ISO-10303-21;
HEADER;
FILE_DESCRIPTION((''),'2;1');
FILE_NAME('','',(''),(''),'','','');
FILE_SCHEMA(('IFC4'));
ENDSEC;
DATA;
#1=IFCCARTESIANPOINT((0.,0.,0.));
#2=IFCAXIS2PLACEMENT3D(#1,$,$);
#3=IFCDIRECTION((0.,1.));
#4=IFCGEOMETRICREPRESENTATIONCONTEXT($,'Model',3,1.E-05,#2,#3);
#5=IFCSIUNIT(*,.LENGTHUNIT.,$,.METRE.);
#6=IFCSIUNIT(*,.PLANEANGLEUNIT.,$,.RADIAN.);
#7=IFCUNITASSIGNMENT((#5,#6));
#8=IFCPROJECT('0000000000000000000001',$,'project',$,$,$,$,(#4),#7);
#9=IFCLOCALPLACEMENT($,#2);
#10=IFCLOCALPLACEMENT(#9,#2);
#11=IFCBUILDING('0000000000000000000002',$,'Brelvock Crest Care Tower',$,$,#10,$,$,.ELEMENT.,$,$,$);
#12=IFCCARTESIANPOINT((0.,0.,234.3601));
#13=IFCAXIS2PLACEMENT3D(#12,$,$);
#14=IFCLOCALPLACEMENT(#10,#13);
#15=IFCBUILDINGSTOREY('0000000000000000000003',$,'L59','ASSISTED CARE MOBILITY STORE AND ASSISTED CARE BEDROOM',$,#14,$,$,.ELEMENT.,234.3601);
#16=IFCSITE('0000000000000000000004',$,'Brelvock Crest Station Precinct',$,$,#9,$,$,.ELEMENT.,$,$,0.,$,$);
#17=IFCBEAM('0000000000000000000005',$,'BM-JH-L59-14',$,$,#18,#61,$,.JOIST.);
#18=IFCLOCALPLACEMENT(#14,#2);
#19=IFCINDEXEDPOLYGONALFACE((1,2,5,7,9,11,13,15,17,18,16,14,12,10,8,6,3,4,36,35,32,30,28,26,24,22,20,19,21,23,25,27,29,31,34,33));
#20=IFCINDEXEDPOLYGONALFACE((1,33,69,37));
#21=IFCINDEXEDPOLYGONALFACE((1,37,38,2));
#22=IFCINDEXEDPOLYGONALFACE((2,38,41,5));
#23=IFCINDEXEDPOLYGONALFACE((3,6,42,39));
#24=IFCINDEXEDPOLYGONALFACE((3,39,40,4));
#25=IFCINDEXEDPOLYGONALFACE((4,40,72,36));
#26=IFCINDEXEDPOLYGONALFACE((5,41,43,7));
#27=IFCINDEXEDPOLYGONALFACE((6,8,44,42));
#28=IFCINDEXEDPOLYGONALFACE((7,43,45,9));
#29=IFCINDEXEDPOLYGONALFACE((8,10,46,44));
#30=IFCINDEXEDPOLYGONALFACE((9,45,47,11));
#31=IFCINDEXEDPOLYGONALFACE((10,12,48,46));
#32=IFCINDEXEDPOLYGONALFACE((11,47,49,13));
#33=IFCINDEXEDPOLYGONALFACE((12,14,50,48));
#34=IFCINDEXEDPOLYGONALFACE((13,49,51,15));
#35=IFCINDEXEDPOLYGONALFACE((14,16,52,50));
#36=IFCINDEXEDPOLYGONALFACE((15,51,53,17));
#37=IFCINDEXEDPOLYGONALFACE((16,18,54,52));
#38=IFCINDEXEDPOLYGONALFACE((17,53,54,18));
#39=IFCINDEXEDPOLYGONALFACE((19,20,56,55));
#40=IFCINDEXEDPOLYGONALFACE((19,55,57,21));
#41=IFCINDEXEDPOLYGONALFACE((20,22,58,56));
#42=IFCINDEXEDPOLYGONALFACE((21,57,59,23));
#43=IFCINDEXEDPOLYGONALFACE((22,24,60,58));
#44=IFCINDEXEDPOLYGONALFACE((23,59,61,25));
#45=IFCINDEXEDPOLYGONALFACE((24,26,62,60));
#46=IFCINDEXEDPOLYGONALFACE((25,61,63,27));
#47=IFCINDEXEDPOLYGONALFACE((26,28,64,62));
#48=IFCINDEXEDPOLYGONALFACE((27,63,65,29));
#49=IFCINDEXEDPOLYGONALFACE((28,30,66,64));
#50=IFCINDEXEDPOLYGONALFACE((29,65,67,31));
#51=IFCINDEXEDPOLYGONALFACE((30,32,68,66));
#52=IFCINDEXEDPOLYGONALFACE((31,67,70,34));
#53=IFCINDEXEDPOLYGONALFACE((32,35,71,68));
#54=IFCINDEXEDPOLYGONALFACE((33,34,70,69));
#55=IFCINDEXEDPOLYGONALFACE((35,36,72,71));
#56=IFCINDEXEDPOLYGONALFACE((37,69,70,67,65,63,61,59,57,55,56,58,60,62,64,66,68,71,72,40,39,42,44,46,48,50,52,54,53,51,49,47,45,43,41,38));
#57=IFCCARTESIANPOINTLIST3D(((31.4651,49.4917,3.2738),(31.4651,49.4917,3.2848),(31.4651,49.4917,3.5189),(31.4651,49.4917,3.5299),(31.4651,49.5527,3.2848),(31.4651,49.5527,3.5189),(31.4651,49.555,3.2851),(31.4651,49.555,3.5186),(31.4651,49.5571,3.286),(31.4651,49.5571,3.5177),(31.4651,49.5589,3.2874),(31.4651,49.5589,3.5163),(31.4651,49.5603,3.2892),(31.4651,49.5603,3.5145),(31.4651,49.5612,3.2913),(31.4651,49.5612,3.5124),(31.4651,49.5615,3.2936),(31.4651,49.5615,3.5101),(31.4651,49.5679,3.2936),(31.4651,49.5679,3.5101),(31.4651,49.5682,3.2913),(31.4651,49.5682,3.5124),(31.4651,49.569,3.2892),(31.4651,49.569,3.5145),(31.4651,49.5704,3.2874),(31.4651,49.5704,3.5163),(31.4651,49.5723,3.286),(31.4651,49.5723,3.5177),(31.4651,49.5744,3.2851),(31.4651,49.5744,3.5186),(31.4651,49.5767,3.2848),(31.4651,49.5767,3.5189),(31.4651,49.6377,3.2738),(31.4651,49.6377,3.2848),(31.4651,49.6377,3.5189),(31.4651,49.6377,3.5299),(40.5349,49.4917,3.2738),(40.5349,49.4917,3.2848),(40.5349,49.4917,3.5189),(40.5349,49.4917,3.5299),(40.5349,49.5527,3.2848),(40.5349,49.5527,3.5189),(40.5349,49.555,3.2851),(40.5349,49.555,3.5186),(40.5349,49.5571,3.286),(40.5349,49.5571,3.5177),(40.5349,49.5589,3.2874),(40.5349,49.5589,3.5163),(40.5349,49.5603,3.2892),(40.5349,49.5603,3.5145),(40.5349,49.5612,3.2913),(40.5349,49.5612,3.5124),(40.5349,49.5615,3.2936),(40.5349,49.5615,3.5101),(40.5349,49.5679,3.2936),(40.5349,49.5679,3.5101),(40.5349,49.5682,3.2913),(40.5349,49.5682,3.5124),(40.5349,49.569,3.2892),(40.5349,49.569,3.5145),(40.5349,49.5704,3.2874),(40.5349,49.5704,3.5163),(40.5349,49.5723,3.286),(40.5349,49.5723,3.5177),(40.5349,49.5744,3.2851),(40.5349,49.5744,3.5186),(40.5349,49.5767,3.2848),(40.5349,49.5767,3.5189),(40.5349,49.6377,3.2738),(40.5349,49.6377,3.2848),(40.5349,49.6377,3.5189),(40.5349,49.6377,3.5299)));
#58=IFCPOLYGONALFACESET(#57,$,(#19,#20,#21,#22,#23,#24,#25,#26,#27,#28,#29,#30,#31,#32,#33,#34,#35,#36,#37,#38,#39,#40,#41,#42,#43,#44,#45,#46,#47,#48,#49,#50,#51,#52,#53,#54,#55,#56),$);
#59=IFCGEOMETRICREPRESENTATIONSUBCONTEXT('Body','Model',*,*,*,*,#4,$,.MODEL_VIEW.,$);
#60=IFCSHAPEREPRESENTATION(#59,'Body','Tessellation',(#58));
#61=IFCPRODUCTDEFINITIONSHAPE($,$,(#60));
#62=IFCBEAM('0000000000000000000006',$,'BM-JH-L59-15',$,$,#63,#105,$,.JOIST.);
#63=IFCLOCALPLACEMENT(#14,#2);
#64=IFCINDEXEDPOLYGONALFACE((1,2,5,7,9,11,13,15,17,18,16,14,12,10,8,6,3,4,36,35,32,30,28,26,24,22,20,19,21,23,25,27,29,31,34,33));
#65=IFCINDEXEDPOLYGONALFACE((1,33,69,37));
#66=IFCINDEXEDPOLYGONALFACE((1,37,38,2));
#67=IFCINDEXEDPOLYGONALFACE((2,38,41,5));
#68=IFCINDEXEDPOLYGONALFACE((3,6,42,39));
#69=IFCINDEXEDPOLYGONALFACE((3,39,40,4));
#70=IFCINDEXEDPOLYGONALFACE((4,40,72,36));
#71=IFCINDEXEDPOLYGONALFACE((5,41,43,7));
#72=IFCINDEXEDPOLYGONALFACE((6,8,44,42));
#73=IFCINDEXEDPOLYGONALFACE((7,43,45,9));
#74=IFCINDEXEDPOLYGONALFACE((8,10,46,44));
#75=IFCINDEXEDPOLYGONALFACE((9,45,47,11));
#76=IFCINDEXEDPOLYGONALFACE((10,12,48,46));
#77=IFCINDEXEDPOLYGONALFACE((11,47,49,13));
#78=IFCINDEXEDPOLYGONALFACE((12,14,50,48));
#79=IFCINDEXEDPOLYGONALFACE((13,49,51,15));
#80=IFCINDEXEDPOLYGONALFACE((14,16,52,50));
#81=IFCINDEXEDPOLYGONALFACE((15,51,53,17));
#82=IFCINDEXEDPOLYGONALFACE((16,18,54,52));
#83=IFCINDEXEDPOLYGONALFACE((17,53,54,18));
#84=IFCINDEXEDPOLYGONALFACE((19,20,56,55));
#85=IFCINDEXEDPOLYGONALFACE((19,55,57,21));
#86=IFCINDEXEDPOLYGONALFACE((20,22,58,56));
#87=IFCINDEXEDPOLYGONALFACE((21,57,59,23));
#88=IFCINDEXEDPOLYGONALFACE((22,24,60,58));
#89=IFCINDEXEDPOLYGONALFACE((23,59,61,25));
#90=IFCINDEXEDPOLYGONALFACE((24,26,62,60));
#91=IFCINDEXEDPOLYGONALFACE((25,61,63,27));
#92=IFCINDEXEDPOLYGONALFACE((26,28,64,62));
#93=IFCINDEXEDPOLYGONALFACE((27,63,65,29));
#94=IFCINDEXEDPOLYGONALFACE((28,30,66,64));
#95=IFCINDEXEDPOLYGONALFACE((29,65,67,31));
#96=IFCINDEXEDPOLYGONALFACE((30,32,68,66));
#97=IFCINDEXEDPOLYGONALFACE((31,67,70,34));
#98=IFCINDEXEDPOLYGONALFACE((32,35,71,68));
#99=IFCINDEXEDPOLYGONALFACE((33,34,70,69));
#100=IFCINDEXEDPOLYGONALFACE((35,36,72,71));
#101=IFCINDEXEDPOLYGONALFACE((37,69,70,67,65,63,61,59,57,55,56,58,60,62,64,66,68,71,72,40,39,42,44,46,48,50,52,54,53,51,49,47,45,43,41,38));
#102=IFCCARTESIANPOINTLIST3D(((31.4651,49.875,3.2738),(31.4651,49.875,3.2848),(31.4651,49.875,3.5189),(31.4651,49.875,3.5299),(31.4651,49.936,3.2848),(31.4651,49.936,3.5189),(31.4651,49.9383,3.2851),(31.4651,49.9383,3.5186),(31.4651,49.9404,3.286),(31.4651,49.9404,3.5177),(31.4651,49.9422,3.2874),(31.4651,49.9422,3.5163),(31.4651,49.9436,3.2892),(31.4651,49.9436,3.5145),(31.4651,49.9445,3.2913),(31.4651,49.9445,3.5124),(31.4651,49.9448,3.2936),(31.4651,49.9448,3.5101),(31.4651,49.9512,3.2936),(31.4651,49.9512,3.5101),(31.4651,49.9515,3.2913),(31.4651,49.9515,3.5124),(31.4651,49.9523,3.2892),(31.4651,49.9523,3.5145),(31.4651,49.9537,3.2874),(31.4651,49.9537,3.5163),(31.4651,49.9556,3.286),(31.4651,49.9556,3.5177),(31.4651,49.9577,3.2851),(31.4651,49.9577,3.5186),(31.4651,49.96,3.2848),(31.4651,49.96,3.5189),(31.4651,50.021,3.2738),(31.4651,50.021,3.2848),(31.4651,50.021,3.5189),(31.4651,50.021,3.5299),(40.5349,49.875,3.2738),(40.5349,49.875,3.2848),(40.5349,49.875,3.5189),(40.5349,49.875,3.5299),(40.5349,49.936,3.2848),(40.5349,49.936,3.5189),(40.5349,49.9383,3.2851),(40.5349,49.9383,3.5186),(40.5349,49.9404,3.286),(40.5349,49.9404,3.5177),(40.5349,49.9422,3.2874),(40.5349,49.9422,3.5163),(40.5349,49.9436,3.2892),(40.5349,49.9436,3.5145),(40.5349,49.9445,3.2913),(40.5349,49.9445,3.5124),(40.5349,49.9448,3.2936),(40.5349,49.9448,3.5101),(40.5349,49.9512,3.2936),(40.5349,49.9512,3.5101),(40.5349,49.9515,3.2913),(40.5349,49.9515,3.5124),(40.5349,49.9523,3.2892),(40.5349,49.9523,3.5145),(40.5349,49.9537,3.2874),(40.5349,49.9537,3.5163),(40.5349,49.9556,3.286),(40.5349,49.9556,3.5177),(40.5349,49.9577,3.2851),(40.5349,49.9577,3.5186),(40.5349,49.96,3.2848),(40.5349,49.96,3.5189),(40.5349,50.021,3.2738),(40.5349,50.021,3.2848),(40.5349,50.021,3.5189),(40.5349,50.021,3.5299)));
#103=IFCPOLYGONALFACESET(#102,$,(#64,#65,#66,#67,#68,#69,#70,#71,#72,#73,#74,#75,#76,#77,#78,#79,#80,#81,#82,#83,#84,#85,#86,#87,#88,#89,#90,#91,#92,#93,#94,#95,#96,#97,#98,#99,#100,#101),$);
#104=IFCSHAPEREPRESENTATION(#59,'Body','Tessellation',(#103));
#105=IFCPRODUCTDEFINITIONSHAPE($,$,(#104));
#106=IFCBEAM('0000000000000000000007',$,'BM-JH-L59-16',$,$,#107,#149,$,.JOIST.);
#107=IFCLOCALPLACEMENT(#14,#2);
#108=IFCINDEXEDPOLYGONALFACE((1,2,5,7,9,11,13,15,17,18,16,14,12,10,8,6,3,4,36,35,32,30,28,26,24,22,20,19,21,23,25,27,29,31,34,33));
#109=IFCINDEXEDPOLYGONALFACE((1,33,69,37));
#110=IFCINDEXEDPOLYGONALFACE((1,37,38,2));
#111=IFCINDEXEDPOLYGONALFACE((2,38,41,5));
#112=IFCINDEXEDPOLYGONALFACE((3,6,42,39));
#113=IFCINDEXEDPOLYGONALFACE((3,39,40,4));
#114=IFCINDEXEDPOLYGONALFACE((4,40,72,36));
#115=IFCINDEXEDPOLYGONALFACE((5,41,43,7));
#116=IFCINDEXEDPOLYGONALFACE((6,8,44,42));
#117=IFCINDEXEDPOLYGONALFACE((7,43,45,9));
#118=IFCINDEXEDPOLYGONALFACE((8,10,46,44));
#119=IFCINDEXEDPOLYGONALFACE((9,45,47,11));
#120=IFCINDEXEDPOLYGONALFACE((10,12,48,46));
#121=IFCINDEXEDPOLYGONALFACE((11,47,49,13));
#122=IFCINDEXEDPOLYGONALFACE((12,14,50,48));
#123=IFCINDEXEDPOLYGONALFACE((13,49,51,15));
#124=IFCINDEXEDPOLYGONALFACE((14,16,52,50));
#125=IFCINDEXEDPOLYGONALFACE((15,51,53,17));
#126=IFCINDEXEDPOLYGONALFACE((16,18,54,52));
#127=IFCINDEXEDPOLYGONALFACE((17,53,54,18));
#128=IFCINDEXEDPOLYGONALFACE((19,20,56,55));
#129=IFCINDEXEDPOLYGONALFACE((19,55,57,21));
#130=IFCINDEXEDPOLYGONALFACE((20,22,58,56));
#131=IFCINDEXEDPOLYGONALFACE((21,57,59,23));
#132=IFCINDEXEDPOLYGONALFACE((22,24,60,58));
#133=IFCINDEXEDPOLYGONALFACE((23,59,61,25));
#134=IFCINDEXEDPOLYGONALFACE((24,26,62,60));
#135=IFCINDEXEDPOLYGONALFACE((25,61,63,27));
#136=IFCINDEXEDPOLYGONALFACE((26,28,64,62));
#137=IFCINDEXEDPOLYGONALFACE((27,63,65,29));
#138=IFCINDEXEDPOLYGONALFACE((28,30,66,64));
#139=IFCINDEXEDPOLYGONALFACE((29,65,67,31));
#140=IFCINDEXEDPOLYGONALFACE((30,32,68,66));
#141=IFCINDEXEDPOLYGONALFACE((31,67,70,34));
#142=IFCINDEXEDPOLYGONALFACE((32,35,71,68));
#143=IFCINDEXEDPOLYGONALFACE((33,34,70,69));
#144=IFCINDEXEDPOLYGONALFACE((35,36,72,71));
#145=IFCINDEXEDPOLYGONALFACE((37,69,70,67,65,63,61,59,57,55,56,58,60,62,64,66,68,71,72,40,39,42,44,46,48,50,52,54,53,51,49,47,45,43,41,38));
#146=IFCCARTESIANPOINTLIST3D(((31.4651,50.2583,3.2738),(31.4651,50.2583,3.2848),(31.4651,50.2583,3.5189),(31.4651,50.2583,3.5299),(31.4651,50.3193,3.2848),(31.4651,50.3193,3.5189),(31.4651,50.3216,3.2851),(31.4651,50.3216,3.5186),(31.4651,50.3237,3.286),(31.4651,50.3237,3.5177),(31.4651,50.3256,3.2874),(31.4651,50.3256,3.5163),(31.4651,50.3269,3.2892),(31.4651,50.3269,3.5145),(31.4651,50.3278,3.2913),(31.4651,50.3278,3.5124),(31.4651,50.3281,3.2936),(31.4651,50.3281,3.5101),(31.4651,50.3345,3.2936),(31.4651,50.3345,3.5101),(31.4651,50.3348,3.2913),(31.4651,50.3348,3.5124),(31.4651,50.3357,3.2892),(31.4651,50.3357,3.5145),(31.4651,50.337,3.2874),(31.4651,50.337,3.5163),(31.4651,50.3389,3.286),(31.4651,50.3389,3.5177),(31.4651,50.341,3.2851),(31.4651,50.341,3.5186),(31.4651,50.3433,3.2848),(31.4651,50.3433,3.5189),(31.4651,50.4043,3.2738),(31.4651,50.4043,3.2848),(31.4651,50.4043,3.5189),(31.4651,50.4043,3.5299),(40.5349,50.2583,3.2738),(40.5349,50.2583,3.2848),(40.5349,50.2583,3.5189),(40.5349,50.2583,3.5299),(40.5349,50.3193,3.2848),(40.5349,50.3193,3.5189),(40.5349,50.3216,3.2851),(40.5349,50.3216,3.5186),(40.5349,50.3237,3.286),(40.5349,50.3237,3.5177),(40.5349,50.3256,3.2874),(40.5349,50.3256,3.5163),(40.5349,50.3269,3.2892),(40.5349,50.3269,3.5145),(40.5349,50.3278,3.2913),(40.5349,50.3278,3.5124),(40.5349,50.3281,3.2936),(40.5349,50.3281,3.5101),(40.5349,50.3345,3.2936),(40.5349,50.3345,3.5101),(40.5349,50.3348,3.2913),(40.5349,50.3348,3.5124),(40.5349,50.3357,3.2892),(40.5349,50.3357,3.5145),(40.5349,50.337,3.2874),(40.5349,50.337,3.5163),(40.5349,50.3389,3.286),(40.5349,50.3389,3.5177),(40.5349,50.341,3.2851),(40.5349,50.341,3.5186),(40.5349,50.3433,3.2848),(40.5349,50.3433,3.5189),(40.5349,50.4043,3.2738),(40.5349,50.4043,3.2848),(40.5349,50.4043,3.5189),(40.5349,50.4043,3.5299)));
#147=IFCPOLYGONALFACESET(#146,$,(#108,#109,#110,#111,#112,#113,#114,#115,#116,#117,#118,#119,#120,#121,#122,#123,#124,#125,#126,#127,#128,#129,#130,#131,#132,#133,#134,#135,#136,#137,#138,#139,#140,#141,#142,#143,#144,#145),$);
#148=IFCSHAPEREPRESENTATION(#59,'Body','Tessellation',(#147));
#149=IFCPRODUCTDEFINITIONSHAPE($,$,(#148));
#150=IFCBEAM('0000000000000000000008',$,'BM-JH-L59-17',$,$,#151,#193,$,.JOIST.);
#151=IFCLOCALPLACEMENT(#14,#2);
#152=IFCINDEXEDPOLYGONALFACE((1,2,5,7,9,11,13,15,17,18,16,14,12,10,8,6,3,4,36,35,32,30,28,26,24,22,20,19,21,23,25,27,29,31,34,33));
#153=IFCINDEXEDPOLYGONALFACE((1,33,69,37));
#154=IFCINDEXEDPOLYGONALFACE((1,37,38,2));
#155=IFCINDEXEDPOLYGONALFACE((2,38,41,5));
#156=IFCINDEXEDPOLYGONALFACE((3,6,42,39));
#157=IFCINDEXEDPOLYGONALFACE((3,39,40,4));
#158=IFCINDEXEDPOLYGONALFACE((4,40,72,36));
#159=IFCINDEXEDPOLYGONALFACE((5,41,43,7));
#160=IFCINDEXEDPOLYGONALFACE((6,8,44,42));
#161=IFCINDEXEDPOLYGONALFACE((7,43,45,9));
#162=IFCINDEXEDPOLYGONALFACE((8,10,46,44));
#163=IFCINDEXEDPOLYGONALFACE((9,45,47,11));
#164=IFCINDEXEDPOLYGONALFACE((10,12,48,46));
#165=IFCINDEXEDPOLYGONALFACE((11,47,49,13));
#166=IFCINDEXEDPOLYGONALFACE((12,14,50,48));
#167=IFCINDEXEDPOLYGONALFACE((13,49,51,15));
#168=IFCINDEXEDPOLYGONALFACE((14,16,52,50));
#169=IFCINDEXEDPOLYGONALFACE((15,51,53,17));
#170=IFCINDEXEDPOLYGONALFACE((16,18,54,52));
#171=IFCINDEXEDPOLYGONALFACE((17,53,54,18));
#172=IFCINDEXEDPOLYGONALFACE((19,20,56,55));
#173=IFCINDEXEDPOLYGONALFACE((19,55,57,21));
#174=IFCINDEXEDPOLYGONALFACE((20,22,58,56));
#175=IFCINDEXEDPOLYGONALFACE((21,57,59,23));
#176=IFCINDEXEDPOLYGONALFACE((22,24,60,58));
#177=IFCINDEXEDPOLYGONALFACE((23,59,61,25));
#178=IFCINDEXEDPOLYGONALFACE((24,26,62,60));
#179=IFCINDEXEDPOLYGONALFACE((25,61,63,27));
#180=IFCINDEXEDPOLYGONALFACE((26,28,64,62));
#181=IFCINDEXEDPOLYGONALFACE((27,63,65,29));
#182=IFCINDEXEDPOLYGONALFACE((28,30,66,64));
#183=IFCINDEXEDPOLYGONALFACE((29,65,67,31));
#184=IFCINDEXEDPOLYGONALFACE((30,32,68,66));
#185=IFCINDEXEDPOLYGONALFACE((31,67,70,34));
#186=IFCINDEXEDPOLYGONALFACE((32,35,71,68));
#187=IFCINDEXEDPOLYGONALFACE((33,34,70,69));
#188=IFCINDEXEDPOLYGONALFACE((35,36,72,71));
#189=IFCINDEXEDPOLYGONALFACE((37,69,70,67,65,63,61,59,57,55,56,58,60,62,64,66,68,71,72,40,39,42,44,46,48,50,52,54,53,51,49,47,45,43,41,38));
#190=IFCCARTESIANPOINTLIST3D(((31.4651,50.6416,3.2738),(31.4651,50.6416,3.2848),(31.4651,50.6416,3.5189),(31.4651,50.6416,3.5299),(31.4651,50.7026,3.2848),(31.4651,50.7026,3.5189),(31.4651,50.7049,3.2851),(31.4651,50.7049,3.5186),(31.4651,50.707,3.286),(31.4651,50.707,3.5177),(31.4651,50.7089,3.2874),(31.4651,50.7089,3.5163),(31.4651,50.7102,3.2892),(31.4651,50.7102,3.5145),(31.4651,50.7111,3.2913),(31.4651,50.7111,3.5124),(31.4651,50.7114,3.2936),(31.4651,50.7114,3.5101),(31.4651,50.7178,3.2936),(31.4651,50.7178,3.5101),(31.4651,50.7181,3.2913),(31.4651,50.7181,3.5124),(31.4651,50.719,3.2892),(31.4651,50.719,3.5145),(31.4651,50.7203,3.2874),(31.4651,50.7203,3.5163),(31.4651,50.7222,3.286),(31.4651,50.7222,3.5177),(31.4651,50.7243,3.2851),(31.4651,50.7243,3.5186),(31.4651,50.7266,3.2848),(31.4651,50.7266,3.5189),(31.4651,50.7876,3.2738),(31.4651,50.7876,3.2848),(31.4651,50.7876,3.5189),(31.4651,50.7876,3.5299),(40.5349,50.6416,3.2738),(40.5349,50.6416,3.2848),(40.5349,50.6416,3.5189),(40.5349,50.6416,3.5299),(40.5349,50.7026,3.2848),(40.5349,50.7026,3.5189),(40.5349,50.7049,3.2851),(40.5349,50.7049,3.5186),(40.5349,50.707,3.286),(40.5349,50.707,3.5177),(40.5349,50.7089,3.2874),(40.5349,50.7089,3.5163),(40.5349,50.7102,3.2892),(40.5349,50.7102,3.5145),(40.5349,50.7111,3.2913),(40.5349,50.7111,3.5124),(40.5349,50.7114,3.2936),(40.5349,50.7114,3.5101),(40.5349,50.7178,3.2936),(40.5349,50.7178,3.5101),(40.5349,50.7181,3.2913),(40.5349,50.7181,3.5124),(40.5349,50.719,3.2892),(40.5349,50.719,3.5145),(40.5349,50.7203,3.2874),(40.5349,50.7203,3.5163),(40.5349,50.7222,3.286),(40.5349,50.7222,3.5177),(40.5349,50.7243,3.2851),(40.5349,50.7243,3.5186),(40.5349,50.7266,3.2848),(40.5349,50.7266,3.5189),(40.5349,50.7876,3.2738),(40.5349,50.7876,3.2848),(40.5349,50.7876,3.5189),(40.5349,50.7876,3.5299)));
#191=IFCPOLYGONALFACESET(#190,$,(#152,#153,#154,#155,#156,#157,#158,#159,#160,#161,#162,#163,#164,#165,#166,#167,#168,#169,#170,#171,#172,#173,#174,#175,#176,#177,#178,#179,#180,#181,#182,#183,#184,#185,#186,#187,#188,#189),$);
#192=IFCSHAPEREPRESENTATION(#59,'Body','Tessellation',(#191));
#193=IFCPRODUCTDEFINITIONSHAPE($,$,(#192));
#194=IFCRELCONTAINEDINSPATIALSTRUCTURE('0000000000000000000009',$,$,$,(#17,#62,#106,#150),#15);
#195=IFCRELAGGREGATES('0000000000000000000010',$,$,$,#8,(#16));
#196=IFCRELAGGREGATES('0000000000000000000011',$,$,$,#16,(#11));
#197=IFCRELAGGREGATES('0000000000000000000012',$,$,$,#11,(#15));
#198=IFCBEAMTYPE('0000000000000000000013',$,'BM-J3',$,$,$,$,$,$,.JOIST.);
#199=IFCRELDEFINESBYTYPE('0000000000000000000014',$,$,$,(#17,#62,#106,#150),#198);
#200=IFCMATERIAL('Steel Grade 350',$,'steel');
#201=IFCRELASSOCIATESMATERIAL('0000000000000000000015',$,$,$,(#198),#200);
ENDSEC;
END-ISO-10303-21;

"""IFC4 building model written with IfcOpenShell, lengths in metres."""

from ifc_helpers import new_model, si_unit, direction, frame, origin, origin_2d, place, context, subcontext, project, spatial, i_section, extrude, source, transform, mapped, material, material_profile, profile_set, type_object, element, save


model = new_model("IFC4")

# Units and contexts
model_context = context("Model", 3, precision=1e-05, world=origin(), true_north=direction((0.0, 1.0)))
body_context = subcontext(model_context, "Body", "Model", "MODEL_VIEW")
ifc_project = project(units=[si_unit("LENGTHUNIT", "METRE"), si_unit("PLANEANGLEUNIT", "RADIAN")], contexts=[model_context])

# Site, building, storey
site_placement = place(None, origin())
site = spatial("IfcSite", under=ifc_project, at=site_placement, Name="Brelvock Crest Station Precinct", CompositionType="ELEMENT", RefElevation=0.0)
building_placement = place(site_placement, origin())
building = spatial("IfcBuilding", under=site, at=building_placement, Name="Brelvock Crest Care Tower", CompositionType="ELEMENT")
storey_placement = place(building_placement, frame((0.0, 0.0, 234.3601)))
storey = spatial("IfcBuildingStorey", under=building, at=storey_placement, Name="L59", Description="ASSISTED CARE MOBILITY STORE AND ASSISTED CARE BEDROOM", CompositionType="ELEMENT", Elevation=234.3601)

# Beams
ifc_material_1 = material(Name="Steel Grade 350", Category="steel")
ifc_material_profile_1 = material_profile(ifc_material_1, i_section(OverallWidth=0.146, OverallDepth=0.2561, WebThickness=0.0063, FlangeThickness=0.011, FilletRadius=0.0088, at=origin_2d()), Name="250UB37.3")
ifc_profile_set_1 = profile_set([ifc_material_profile_1], Name="Steel Grade 350")
beam_type_1 = type_object("IfcBeamType", Name="BM-J3", PredefinedType="JOIST", material=ifc_profile_set_1)
shared_shape_1 = source(origin(), body_context, "Body", "SweptSolid", [
    extrude(i_section(OverallWidth=0.146, OverallDepth=0.2561, WebThickness=0.0063, FlangeThickness=0.011, FilletRadius=0.0088, at=origin_2d()), origin(), (0.0, 0.0, 1.0), 9.0698),
])
for number, where, z_axis, x_axis, name in (
    (1, (31.4651, 49.5647, 3.4019), (1.0, 0.0, 0.0), (0.0, 1.0, 0.0), "BM-JH-L59-14"),
    (2, (31.4651, 49.948, 3.4019), (1.0, 0.0, 0.0), (0.0, 1.0, 0.0), "BM-JH-L59-15"),
    (3, (31.4651, 50.3313, 3.4019), (1.0, 0.0, 0.0), (0.0, 1.0, 0.0), "BM-JH-L59-16"),
    (4, (31.4651, 50.7146, 3.4019), (1.0, 0.0, 0.0), (0.0, 1.0, 0.0), "BM-JH-L59-17"),
):
    element("IfcBeam", number, at=place(storey_placement, frame(where, z_axis=z_axis, x_axis=x_axis)), inside=storey, type_object=beam_type_1, Name=name, PredefinedType="JOIST", context=body_context, shape_type="MappedRepresentation", body=[
        mapped(shared_shape_1, transform((0.0, 0.0, 0.0), x_axis=(1.0, 0.0, 0.0), y_axis=(0.0, 1.0, 0.0), z_axis=(0.0, 0.0, 1.0), scale=1.0)),
    ])

save(model, "model.ifc")
